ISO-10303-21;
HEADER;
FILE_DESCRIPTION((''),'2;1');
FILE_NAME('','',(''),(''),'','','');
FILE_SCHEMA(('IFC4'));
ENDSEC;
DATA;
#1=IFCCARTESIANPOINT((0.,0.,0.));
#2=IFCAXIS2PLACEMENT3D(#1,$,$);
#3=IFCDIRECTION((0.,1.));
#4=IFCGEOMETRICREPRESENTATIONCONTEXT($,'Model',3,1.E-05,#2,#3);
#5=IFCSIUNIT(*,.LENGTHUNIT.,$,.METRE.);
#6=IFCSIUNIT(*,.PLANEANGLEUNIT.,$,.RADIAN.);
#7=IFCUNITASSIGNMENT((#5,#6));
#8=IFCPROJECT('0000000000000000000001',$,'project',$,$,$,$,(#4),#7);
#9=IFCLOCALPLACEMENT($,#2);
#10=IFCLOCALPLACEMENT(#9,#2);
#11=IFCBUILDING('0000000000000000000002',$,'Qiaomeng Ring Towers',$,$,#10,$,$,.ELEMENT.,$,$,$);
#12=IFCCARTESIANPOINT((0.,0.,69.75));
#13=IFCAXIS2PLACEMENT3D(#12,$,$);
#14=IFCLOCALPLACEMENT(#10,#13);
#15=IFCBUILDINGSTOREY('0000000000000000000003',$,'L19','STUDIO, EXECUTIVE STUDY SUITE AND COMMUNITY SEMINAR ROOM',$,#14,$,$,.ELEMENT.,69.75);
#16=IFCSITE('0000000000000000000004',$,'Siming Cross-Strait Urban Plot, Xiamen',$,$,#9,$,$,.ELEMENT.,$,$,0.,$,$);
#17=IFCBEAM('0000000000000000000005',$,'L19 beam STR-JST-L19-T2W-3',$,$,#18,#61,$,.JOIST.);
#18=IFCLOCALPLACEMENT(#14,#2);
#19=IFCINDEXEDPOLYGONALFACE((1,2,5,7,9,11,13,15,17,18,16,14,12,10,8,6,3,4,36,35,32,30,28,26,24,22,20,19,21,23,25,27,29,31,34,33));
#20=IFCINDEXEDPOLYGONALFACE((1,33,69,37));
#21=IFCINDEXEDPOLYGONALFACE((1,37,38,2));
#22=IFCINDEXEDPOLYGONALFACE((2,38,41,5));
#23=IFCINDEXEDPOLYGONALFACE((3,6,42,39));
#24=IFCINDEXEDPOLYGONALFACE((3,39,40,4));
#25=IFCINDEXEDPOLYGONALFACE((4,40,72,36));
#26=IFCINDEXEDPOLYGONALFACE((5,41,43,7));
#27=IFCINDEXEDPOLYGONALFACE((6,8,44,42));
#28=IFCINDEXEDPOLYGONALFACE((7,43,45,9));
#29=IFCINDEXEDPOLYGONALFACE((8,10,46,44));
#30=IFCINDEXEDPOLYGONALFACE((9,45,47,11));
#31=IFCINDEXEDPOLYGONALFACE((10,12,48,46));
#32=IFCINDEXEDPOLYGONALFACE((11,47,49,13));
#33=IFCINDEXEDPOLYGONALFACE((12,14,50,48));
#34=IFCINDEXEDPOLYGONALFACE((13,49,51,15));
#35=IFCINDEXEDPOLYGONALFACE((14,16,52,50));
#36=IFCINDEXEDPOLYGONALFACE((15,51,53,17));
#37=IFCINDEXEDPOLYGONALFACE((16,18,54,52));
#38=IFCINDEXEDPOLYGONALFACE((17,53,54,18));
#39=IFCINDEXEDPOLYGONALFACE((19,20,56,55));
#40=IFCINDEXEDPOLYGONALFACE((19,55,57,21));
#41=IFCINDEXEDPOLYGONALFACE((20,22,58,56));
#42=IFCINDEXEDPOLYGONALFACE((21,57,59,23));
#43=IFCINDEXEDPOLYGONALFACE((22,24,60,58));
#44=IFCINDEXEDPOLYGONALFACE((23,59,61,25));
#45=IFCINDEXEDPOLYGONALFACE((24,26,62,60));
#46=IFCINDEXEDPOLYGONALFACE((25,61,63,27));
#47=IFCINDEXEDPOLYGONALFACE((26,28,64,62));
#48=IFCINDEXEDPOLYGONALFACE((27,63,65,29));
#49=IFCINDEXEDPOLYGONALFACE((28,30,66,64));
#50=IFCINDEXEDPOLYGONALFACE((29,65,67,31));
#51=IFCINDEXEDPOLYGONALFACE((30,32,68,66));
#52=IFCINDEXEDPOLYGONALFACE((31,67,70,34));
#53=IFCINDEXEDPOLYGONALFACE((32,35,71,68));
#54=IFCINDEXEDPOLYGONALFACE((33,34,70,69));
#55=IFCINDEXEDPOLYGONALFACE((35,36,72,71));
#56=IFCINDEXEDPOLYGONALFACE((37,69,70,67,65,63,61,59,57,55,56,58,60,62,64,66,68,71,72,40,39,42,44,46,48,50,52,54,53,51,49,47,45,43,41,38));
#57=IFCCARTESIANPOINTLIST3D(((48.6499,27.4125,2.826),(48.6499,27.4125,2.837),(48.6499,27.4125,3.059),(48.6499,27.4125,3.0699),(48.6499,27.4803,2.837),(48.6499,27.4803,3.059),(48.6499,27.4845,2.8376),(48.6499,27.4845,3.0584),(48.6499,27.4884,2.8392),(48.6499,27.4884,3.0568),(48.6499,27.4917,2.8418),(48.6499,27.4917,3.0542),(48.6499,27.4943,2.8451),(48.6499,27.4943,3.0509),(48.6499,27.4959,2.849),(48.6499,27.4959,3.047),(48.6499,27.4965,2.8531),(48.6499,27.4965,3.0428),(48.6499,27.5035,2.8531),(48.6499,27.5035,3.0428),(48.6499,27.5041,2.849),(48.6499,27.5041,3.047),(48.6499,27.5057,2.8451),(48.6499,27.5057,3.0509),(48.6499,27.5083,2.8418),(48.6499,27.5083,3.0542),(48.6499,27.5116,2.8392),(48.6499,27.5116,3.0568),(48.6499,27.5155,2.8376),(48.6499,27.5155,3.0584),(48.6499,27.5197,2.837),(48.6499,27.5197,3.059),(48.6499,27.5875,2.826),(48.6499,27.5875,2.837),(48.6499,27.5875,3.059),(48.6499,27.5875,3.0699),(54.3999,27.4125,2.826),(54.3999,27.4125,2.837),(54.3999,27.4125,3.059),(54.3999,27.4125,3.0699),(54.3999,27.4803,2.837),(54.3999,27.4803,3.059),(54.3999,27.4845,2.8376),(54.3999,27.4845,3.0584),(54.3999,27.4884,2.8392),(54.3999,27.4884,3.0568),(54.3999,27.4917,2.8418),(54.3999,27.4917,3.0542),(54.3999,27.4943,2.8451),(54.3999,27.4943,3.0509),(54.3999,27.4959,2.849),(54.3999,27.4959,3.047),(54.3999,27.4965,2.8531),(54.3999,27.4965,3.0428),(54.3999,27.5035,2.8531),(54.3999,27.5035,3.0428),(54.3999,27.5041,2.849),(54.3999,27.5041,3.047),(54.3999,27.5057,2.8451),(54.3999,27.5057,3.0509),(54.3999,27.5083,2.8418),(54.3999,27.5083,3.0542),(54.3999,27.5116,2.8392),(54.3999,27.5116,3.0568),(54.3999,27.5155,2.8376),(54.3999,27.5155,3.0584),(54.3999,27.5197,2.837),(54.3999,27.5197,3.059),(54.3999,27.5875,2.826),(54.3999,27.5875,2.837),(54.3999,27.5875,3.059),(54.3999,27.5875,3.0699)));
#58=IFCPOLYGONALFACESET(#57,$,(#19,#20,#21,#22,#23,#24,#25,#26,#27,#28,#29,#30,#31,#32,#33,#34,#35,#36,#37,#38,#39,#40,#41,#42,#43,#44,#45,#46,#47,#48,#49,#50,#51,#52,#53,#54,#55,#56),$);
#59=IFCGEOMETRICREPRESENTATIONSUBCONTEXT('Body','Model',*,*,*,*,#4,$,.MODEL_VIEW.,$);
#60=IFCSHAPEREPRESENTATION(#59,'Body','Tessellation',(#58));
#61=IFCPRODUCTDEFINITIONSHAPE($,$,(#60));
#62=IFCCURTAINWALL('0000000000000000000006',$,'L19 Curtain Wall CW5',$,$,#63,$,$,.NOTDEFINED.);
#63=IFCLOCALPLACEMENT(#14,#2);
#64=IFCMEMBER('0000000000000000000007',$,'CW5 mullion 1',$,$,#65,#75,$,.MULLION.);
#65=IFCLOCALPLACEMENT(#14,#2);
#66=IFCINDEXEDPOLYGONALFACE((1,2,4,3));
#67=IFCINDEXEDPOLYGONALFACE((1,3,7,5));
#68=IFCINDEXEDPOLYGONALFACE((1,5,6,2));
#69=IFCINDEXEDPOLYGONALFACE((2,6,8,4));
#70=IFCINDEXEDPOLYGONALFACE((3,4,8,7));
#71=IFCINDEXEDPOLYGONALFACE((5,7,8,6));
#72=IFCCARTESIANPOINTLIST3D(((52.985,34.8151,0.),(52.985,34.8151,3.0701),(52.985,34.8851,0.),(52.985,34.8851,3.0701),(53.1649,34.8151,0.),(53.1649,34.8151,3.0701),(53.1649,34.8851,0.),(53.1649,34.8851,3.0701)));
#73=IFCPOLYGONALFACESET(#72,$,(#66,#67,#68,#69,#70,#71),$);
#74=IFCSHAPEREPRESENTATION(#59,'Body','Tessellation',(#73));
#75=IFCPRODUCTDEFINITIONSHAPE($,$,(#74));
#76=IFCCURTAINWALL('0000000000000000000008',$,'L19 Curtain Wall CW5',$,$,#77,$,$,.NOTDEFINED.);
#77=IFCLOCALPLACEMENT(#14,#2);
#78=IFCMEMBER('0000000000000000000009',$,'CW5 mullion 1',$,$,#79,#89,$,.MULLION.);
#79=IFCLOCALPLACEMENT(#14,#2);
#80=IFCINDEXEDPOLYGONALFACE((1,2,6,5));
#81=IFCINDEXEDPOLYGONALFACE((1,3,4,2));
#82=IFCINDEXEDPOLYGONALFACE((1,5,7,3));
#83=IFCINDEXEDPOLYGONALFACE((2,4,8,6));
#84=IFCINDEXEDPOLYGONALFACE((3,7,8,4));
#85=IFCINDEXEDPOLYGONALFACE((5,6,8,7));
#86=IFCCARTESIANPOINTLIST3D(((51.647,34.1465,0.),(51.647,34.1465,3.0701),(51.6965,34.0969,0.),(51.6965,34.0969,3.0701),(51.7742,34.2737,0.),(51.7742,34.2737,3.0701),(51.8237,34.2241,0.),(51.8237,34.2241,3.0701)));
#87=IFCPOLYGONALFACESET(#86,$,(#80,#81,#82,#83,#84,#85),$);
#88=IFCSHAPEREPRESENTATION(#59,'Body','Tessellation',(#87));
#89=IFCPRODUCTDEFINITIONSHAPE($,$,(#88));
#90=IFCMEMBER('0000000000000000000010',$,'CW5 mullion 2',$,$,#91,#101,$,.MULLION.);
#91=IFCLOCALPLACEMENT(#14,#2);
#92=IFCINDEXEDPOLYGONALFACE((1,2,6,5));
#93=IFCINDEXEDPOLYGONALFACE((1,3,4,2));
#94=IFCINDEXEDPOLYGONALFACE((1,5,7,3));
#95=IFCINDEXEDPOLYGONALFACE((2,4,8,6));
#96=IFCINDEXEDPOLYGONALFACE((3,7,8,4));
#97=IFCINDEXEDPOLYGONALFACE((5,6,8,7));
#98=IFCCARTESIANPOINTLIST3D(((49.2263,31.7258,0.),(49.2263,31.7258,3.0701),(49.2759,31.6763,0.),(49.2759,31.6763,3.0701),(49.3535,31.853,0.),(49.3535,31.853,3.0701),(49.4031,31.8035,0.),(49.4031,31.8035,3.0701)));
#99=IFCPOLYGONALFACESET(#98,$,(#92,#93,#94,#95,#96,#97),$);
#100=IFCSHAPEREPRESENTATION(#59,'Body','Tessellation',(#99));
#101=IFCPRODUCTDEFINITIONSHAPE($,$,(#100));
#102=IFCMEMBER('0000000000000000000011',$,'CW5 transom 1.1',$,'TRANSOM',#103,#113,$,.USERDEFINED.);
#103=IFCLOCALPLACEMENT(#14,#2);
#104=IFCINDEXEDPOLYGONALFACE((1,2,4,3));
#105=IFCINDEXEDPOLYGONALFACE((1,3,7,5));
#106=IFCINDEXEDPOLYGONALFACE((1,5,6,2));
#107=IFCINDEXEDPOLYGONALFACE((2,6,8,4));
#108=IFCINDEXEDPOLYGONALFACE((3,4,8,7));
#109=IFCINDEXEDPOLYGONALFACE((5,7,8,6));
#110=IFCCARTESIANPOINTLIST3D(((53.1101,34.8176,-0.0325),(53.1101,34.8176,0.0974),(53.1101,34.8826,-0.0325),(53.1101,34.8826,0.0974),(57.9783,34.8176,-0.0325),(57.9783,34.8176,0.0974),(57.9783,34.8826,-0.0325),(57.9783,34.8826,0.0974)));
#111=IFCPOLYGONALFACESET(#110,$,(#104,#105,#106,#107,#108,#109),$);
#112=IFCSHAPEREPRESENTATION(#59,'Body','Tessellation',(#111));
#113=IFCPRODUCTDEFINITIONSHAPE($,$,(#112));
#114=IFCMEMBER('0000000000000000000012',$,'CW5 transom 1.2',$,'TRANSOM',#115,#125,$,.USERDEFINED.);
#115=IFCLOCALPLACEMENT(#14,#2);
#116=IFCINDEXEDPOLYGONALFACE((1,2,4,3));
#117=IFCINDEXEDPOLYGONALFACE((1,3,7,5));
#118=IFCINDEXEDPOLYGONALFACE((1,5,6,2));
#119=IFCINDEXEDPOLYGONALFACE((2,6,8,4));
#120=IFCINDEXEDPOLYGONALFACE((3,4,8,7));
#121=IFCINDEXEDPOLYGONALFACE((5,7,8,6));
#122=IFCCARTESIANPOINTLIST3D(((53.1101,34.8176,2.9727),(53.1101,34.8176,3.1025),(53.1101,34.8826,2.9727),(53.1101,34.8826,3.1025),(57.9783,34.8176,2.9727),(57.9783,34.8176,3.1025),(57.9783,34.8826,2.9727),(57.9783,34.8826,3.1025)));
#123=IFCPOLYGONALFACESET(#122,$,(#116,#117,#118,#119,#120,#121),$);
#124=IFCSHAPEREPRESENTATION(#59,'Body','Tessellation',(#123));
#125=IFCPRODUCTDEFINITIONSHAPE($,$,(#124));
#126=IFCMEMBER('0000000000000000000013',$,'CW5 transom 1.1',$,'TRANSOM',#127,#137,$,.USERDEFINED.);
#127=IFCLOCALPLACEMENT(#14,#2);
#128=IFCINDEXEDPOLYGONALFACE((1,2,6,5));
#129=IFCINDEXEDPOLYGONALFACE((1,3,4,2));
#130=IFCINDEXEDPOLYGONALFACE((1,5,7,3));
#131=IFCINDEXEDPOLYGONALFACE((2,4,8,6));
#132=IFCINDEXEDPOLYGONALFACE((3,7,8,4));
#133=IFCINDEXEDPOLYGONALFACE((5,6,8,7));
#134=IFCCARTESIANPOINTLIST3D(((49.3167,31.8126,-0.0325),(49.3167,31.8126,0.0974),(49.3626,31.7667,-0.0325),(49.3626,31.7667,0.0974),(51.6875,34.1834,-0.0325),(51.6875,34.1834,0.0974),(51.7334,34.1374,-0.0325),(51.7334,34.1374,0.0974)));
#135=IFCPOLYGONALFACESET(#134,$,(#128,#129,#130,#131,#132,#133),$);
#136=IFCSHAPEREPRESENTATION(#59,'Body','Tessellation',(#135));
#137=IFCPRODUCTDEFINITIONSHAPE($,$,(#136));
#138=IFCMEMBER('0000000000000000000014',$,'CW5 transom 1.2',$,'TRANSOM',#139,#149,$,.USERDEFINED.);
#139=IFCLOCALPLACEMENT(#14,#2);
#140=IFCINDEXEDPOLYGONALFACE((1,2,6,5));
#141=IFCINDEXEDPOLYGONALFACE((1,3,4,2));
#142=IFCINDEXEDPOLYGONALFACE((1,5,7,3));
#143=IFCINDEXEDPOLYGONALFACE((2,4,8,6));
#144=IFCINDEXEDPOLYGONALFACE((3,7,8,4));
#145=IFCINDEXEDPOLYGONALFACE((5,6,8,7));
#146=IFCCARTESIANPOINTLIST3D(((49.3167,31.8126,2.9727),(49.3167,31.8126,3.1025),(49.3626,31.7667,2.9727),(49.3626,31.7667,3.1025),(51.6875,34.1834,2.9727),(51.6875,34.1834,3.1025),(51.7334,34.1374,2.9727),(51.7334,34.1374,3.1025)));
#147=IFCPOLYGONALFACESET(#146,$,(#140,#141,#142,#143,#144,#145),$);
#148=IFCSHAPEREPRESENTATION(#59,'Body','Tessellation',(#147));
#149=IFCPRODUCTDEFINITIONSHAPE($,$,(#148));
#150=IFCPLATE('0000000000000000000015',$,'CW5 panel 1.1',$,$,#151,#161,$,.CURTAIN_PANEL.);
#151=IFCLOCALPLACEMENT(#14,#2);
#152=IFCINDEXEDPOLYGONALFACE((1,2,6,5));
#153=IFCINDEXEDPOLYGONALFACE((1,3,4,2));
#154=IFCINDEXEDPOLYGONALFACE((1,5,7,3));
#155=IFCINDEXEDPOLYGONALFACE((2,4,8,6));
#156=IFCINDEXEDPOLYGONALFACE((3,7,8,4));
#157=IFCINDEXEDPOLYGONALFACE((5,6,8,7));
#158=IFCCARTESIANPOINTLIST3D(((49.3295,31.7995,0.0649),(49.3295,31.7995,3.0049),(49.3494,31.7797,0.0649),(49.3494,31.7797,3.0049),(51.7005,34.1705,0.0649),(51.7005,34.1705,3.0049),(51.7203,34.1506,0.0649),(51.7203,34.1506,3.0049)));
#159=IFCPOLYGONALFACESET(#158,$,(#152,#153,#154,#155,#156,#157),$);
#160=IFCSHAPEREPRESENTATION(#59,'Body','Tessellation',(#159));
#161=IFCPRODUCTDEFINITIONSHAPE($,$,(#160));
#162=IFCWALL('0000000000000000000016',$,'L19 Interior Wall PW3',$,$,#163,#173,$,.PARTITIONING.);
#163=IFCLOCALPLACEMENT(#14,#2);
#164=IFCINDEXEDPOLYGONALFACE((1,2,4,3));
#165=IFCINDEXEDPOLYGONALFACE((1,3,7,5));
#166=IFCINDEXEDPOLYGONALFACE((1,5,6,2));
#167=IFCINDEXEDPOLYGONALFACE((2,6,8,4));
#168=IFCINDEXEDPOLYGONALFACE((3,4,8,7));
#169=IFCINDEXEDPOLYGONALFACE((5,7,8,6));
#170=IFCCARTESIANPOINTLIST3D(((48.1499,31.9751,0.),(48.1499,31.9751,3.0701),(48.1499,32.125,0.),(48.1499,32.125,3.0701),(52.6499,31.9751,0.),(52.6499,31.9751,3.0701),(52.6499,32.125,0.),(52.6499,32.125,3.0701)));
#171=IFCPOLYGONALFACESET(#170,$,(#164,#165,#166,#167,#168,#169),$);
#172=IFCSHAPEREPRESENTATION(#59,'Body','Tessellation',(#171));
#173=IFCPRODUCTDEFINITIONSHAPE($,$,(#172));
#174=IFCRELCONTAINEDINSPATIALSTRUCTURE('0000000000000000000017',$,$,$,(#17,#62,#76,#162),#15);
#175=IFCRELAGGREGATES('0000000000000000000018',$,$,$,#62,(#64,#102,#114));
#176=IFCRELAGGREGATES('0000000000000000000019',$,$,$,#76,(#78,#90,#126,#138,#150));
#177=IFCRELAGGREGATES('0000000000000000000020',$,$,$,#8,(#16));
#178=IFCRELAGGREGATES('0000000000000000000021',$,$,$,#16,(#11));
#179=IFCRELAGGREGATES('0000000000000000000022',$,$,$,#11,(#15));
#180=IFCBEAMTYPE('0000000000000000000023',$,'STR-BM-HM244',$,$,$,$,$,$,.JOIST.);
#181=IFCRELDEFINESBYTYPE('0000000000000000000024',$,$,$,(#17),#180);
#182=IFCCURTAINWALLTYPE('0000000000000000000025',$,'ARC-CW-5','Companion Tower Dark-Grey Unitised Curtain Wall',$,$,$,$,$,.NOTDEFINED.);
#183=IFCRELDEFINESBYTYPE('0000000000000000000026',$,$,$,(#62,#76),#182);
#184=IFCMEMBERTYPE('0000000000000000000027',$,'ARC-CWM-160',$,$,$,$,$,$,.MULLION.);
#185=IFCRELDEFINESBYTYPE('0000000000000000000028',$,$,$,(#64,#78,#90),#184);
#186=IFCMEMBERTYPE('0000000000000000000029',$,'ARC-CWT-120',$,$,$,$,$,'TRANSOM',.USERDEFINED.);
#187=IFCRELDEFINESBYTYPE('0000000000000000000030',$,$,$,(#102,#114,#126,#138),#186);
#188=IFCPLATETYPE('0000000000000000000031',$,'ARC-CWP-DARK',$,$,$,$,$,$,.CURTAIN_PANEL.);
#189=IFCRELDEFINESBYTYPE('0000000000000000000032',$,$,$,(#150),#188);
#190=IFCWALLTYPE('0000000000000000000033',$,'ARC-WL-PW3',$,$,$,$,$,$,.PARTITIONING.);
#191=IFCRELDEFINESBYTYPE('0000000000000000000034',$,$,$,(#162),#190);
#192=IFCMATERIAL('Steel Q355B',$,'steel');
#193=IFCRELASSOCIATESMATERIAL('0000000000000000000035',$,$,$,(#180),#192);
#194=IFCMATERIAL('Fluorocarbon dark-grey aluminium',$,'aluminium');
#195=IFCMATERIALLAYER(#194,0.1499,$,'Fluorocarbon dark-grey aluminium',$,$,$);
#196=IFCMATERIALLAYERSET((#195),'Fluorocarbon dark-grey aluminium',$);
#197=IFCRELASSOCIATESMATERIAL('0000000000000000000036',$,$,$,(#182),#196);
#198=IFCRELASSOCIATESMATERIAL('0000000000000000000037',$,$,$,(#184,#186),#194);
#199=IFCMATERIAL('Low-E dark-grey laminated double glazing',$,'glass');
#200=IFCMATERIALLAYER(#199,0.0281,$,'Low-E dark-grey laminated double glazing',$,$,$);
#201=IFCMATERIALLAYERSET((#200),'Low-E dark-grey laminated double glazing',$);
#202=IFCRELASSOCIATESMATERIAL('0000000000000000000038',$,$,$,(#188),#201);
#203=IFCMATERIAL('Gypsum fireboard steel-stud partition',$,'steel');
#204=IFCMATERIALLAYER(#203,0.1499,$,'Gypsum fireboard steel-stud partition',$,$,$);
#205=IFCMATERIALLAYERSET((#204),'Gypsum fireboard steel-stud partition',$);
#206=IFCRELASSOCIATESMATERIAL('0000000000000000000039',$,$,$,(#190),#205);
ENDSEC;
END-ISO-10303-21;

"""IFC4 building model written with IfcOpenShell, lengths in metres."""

from ifc_helpers import new_model, si_unit, direction, frame, frame_2d, origin, origin_2d, place, context, subcontext, project, spatial, rectangle, i_section, extrude, source, transform, mapped, material, layer, layer_set, material_profile, profile_set, type_object, element, aggregate, save


model = new_model("IFC4")

# Units and contexts
model_context = context("Model", 3, precision=1e-05, world=origin(), true_north=direction((0.0, 1.0)))
body_context = subcontext(model_context, "Body", "Model", "MODEL_VIEW")
ifc_project = project(units=[si_unit("LENGTHUNIT", "METRE"), si_unit("PLANEANGLEUNIT", "RADIAN")], contexts=[model_context])

# Site, building, storey
site_placement = place(None, origin())
site = spatial("IfcSite", under=ifc_project, at=site_placement, Name="Siming Cross-Strait Urban Plot, Xiamen", CompositionType="ELEMENT", RefElevation=0.0)
building_placement = place(site_placement, origin())
building = spatial("IfcBuilding", under=site, at=building_placement, Name="Qiaomeng Ring Towers", CompositionType="ELEMENT")
storey_placement = place(building_placement, frame((0.0, 0.0, 69.75)))
storey = spatial("IfcBuildingStorey", under=building, at=storey_placement, Name="L19", Description="STUDIO, EXECUTIVE STUDY SUITE AND COMMUNITY SEMINAR ROOM", CompositionType="ELEMENT", Elevation=69.75)

# Beam
ifc_material_1 = material(Name="Steel Q355B", Category="steel")
ifc_material_profile_1 = material_profile(ifc_material_1, i_section(OverallWidth=0.175, OverallDepth=0.2439, WebThickness=0.0071, FlangeThickness=0.011, FilletRadius=0.0161, at=origin_2d()), Name="HM 244x175x7x11")
ifc_profile_set_1 = profile_set([ifc_material_profile_1], Name="Steel Q355B")
beam_type_1 = type_object("IfcBeamType", Name="STR-BM-HM244", PredefinedType="JOIST", material=ifc_profile_set_1)
shared_shape_1 = source(origin(), body_context, "Body", "SweptSolid", [
    extrude(i_section(OverallWidth=0.175, OverallDepth=0.2439, WebThickness=0.0071, FlangeThickness=0.011, FilletRadius=0.0161, at=origin_2d()), origin(), (0.0, 0.0, 1.0), 5.75),
])
for number, where, z_axis, x_axis, name in (
    (1, (48.6499, 27.5, 2.948), (1.0, 0.0, 0.0), (0.0, 1.0, 0.0), "L19 beam STR-JST-L19-T2W-3"),
):
    element("IfcBeam", number, at=place(storey_placement, frame(where, z_axis=z_axis, x_axis=x_axis)), inside=storey, type_object=beam_type_1, Name=name, PredefinedType="JOIST", context=body_context, shape_type="MappedRepresentation", body=[
        mapped(shared_shape_1, transform((0.0, 0.0, 0.0), x_axis=(1.0, 0.0, 0.0), y_axis=(0.0, 1.0, 0.0), z_axis=(0.0, 0.0, 1.0), scale=1.0)),
    ])

# Curtain wall, member
ifc_material_2 = material(Name="Fluorocarbon dark-grey aluminium", Category="aluminium")
ifc_layer_1 = layer(ifc_material_2, 0.1499, Name="Fluorocarbon dark-grey aluminium")
ifc_layer_set_1 = layer_set([ifc_layer_1], Name="Fluorocarbon dark-grey aluminium")
curtain_wall_type = type_object("IfcCurtainWallType", Name="ARC-CW-5", Description="Companion Tower Dark-Grey Unitised Curtain Wall", PredefinedType="NOTDEFINED", material=ifc_layer_set_1)
curtain_wall_1_placement = place(storey_placement, origin())
curtain_wall_1 = element("IfcCurtainWall", 2, at=curtain_wall_1_placement, inside=storey, type_object=curtain_wall_type, Name="L19 Curtain Wall CW5", PredefinedType="NOTDEFINED")
ifc_material_profile_2 = material_profile(ifc_material_2, rectangle(XDim=0.0701, YDim=0.1799, at=origin_2d()), Name="ALU MULL 70x180")
ifc_profile_set_2 = profile_set([ifc_material_profile_2], Name="Fluorocarbon dark-grey aluminium")
member_type_1 = type_object("IfcMemberType", Name="ARC-CWM-160", PredefinedType="MULLION", material=ifc_profile_set_2)
shared_shape_2 = source(origin(), body_context, "Body", "SweptSolid", [
    extrude(rectangle(XDim=0.0701, YDim=0.1799, at=origin_2d()), origin(), (0.0, 0.0, 1.0), 3.0701),
])
member_1_placement = place(storey_placement, frame((53.075, 34.8501, 0.0), z_axis=(0.0, 0.0, 1.0), x_axis=(0.0, 1.0, 0.0)))
member_1 = element("IfcMember", 3, at=member_1_placement, type_object=member_type_1, Name="CW5 mullion 1", PredefinedType="MULLION", context=body_context, shape_type="MappedRepresentation", body=[
    mapped(shared_shape_2, transform((0.0, 0.0, 0.0), x_axis=(1.0, 0.0, 0.0), y_axis=(0.0, 1.0, 0.0), z_axis=(0.0, 0.0, 1.0), scale=1.0)),
])

# Curtain wall, members
curtain_wall_2_placement = place(storey_placement, origin())
curtain_wall_2 = element("IfcCurtainWall", 4, at=curtain_wall_2_placement, inside=storey, type_object=curtain_wall_type, Name="L19 Curtain Wall CW5", PredefinedType="NOTDEFINED")
member_2_placement = place(storey_placement, frame((51.7354, 34.1853, 0.0), z_axis=(0.0, 0.0, 1.0), x_axis=(0.707107, -0.707107, 0.0)))
member_2 = element("IfcMember", 5, at=member_2_placement, type_object=member_type_1, Name="CW5 mullion 1", PredefinedType="MULLION", context=body_context, shape_type="MappedRepresentation", body=[
    mapped(shared_shape_2, transform((0.0, 0.0, 0.0), x_axis=(1.0, 0.0, 0.0), y_axis=(0.0, 1.0, 0.0), z_axis=(0.0, 0.0, 1.0), scale=1.0)),
])
member_3_placement = place(storey_placement, frame((49.3147, 31.7646, 0.0), z_axis=(0.0, 0.0, 1.0), x_axis=(0.707107, -0.707107, 0.0)))
member_3 = element("IfcMember", 6, at=member_3_placement, type_object=member_type_1, Name="CW5 mullion 2", PredefinedType="MULLION", context=body_context, shape_type="MappedRepresentation", body=[
    mapped(shared_shape_2, transform((0.0, 0.0, 0.0), x_axis=(1.0, 0.0, 0.0), y_axis=(0.0, 1.0, 0.0), z_axis=(0.0, 0.0, 1.0), scale=1.0)),
])

# Members
ifc_material_profile_3 = material_profile(ifc_material_2, rectangle(XDim=0.0649, YDim=0.1299, at=origin_2d()), Name="ALU TRAN 65x130")
ifc_profile_set_3 = profile_set([ifc_material_profile_3], Name="Fluorocarbon dark-grey aluminium")
member_type_2 = type_object("IfcMemberType", Name="ARC-CWT-120", ElementType="TRANSOM", PredefinedType="USERDEFINED", material=ifc_profile_set_3)
shared_shape_3 = source(origin(), body_context, "Body", "SweptSolid", [
    extrude(rectangle(XDim=0.0649, YDim=0.1299, at=origin_2d()), origin(), (0.0, 0.0, 1.0), 4.8682),
])
member_4_placement = place(storey_placement, frame((53.1101, 34.8501, 0.0325), z_axis=(1.0, 0.0, 0.0), x_axis=(0.0, 1.0, 0.0)))
member_4 = element("IfcMember", 7, at=member_4_placement, type_object=member_type_2, Name="CW5 transom 1.1", ObjectType="TRANSOM", PredefinedType="USERDEFINED", context=body_context, shape_type="MappedRepresentation", body=[
    mapped(shared_shape_3, transform((0.0, 0.0, 0.0), x_axis=(1.0, 0.0, 0.0), y_axis=(0.0, 1.0, 0.0), z_axis=(0.0, 0.0, 1.0), scale=1.0)),
])
member_5_placement = place(storey_placement, frame((53.1101, 34.8501, 3.0376), z_axis=(1.0, 0.0, 0.0), x_axis=(0.0, 1.0, 0.0)))
member_5 = element("IfcMember", 8, at=member_5_placement, type_object=member_type_2, Name="CW5 transom 1.2", ObjectType="TRANSOM", PredefinedType="USERDEFINED", context=body_context, shape_type="MappedRepresentation", body=[
    mapped(shared_shape_3, transform((0.0, 0.0, 0.0), x_axis=(1.0, 0.0, 0.0), y_axis=(0.0, 1.0, 0.0), z_axis=(0.0, 0.0, 1.0), scale=1.0)),
])
aggregate(curtain_wall_1, [member_1, member_4, member_5])
shared_shape_4 = source(origin(), body_context, "Body", "SweptSolid", [
    extrude(rectangle(XDim=0.0649, YDim=0.1299, at=origin_2d()), origin(), (0.0, 0.0, 1.0), 3.3528),
])
member_6_placement = place(storey_placement, frame((51.7104, 34.1604, 0.0325), z_axis=(-0.707107, -0.707107, 0.0), x_axis=(0.707107, -0.707107, 0.0)))
member_6 = element("IfcMember", 9, at=member_6_placement, type_object=member_type_2, Name="CW5 transom 1.1", ObjectType="TRANSOM", PredefinedType="USERDEFINED", context=body_context, shape_type="MappedRepresentation", body=[
    mapped(shared_shape_4, transform((0.0, 0.0, 0.0), x_axis=(1.0, 0.0, 0.0), y_axis=(0.0, 1.0, 0.0), z_axis=(0.0, 0.0, 1.0), scale=1.0)),
])
member_7_placement = place(storey_placement, frame((51.7104, 34.1604, 3.0376), z_axis=(-0.707107, -0.707107, 0.0), x_axis=(0.707107, -0.707107, 0.0)))
member_7 = element("IfcMember", 10, at=member_7_placement, type_object=member_type_2, Name="CW5 transom 1.2", ObjectType="TRANSOM", PredefinedType="USERDEFINED", context=body_context, shape_type="MappedRepresentation", body=[
    mapped(shared_shape_4, transform((0.0, 0.0, 0.0), x_axis=(1.0, 0.0, 0.0), y_axis=(0.0, 1.0, 0.0), z_axis=(0.0, 0.0, 1.0), scale=1.0)),
])

# Plate
ifc_material_3 = material(Name="Low-E dark-grey laminated double glazing", Category="glass")
ifc_layer_2 = layer(ifc_material_3, 0.0281, Name="Low-E dark-grey laminated double glazing")
ifc_layer_set_2 = layer_set([ifc_layer_2], Name="Low-E dark-grey laminated double glazing")
plate_type = type_object("IfcPlateType", Name="ARC-CWP-DARK", PredefinedType="CURTAIN_PANEL", material=ifc_layer_set_2)
shared_shape_5 = source(origin(), body_context, "Body", "SweptSolid", [
    extrude(rectangle(XDim=3.353, YDim=0.0281, at=origin_2d()), origin(), (0.0, 0.0, 1.0), 2.9399),
])
plate_placement = place(storey_placement, frame((50.5249, 32.9751, 0.0649), z_axis=(0.0, 0.0, 1.0), x_axis=(-0.707107, -0.707107, 0.0)))
plate = element("IfcPlate", 11, at=plate_placement, type_object=plate_type, Name="CW5 panel 1.1", PredefinedType="CURTAIN_PANEL", context=body_context, shape_type="MappedRepresentation", body=[
    mapped(shared_shape_5, transform((0.0, 0.0, 0.0), x_axis=(1.0, 0.0, 0.0), y_axis=(0.0, 1.0, 0.0), z_axis=(0.0, 0.0, 1.0), scale=1.0)),
])
aggregate(curtain_wall_2, [member_2, member_3, member_6, member_7, plate])

# Wall
ifc_material_4 = material(Name="Gypsum fireboard steel-stud partition", Category="steel")
ifc_layer_3 = layer(ifc_material_4, 0.1499, Name="Gypsum fireboard steel-stud partition")
ifc_layer_set_3 = layer_set([ifc_layer_3], Name="Gypsum fireboard steel-stud partition")
wall_type_1 = type_object("IfcWallType", Name="ARC-WL-PW3", PredefinedType="PARTITIONING", material=ifc_layer_set_3)
wall_1_placement = place(storey_placement, frame((48.1499, 32.05, 0.0), z_axis=(0.0, 0.0, 1.0), x_axis=(1.0, 0.0, 0.0)))
element("IfcWall", 12, at=wall_1_placement, inside=storey, type_object=wall_type_1, Name="L19 Interior Wall PW3", PredefinedType="PARTITIONING", context=body_context, shape_type="SweptSolid", body=[
    extrude(rectangle(XDim=4.5, YDim=0.1499, at=frame_2d((2.25, 0.0))), origin(), (0.0, 0.0, 1.0), 3.0701),
])

save(model, "model.ifc")
